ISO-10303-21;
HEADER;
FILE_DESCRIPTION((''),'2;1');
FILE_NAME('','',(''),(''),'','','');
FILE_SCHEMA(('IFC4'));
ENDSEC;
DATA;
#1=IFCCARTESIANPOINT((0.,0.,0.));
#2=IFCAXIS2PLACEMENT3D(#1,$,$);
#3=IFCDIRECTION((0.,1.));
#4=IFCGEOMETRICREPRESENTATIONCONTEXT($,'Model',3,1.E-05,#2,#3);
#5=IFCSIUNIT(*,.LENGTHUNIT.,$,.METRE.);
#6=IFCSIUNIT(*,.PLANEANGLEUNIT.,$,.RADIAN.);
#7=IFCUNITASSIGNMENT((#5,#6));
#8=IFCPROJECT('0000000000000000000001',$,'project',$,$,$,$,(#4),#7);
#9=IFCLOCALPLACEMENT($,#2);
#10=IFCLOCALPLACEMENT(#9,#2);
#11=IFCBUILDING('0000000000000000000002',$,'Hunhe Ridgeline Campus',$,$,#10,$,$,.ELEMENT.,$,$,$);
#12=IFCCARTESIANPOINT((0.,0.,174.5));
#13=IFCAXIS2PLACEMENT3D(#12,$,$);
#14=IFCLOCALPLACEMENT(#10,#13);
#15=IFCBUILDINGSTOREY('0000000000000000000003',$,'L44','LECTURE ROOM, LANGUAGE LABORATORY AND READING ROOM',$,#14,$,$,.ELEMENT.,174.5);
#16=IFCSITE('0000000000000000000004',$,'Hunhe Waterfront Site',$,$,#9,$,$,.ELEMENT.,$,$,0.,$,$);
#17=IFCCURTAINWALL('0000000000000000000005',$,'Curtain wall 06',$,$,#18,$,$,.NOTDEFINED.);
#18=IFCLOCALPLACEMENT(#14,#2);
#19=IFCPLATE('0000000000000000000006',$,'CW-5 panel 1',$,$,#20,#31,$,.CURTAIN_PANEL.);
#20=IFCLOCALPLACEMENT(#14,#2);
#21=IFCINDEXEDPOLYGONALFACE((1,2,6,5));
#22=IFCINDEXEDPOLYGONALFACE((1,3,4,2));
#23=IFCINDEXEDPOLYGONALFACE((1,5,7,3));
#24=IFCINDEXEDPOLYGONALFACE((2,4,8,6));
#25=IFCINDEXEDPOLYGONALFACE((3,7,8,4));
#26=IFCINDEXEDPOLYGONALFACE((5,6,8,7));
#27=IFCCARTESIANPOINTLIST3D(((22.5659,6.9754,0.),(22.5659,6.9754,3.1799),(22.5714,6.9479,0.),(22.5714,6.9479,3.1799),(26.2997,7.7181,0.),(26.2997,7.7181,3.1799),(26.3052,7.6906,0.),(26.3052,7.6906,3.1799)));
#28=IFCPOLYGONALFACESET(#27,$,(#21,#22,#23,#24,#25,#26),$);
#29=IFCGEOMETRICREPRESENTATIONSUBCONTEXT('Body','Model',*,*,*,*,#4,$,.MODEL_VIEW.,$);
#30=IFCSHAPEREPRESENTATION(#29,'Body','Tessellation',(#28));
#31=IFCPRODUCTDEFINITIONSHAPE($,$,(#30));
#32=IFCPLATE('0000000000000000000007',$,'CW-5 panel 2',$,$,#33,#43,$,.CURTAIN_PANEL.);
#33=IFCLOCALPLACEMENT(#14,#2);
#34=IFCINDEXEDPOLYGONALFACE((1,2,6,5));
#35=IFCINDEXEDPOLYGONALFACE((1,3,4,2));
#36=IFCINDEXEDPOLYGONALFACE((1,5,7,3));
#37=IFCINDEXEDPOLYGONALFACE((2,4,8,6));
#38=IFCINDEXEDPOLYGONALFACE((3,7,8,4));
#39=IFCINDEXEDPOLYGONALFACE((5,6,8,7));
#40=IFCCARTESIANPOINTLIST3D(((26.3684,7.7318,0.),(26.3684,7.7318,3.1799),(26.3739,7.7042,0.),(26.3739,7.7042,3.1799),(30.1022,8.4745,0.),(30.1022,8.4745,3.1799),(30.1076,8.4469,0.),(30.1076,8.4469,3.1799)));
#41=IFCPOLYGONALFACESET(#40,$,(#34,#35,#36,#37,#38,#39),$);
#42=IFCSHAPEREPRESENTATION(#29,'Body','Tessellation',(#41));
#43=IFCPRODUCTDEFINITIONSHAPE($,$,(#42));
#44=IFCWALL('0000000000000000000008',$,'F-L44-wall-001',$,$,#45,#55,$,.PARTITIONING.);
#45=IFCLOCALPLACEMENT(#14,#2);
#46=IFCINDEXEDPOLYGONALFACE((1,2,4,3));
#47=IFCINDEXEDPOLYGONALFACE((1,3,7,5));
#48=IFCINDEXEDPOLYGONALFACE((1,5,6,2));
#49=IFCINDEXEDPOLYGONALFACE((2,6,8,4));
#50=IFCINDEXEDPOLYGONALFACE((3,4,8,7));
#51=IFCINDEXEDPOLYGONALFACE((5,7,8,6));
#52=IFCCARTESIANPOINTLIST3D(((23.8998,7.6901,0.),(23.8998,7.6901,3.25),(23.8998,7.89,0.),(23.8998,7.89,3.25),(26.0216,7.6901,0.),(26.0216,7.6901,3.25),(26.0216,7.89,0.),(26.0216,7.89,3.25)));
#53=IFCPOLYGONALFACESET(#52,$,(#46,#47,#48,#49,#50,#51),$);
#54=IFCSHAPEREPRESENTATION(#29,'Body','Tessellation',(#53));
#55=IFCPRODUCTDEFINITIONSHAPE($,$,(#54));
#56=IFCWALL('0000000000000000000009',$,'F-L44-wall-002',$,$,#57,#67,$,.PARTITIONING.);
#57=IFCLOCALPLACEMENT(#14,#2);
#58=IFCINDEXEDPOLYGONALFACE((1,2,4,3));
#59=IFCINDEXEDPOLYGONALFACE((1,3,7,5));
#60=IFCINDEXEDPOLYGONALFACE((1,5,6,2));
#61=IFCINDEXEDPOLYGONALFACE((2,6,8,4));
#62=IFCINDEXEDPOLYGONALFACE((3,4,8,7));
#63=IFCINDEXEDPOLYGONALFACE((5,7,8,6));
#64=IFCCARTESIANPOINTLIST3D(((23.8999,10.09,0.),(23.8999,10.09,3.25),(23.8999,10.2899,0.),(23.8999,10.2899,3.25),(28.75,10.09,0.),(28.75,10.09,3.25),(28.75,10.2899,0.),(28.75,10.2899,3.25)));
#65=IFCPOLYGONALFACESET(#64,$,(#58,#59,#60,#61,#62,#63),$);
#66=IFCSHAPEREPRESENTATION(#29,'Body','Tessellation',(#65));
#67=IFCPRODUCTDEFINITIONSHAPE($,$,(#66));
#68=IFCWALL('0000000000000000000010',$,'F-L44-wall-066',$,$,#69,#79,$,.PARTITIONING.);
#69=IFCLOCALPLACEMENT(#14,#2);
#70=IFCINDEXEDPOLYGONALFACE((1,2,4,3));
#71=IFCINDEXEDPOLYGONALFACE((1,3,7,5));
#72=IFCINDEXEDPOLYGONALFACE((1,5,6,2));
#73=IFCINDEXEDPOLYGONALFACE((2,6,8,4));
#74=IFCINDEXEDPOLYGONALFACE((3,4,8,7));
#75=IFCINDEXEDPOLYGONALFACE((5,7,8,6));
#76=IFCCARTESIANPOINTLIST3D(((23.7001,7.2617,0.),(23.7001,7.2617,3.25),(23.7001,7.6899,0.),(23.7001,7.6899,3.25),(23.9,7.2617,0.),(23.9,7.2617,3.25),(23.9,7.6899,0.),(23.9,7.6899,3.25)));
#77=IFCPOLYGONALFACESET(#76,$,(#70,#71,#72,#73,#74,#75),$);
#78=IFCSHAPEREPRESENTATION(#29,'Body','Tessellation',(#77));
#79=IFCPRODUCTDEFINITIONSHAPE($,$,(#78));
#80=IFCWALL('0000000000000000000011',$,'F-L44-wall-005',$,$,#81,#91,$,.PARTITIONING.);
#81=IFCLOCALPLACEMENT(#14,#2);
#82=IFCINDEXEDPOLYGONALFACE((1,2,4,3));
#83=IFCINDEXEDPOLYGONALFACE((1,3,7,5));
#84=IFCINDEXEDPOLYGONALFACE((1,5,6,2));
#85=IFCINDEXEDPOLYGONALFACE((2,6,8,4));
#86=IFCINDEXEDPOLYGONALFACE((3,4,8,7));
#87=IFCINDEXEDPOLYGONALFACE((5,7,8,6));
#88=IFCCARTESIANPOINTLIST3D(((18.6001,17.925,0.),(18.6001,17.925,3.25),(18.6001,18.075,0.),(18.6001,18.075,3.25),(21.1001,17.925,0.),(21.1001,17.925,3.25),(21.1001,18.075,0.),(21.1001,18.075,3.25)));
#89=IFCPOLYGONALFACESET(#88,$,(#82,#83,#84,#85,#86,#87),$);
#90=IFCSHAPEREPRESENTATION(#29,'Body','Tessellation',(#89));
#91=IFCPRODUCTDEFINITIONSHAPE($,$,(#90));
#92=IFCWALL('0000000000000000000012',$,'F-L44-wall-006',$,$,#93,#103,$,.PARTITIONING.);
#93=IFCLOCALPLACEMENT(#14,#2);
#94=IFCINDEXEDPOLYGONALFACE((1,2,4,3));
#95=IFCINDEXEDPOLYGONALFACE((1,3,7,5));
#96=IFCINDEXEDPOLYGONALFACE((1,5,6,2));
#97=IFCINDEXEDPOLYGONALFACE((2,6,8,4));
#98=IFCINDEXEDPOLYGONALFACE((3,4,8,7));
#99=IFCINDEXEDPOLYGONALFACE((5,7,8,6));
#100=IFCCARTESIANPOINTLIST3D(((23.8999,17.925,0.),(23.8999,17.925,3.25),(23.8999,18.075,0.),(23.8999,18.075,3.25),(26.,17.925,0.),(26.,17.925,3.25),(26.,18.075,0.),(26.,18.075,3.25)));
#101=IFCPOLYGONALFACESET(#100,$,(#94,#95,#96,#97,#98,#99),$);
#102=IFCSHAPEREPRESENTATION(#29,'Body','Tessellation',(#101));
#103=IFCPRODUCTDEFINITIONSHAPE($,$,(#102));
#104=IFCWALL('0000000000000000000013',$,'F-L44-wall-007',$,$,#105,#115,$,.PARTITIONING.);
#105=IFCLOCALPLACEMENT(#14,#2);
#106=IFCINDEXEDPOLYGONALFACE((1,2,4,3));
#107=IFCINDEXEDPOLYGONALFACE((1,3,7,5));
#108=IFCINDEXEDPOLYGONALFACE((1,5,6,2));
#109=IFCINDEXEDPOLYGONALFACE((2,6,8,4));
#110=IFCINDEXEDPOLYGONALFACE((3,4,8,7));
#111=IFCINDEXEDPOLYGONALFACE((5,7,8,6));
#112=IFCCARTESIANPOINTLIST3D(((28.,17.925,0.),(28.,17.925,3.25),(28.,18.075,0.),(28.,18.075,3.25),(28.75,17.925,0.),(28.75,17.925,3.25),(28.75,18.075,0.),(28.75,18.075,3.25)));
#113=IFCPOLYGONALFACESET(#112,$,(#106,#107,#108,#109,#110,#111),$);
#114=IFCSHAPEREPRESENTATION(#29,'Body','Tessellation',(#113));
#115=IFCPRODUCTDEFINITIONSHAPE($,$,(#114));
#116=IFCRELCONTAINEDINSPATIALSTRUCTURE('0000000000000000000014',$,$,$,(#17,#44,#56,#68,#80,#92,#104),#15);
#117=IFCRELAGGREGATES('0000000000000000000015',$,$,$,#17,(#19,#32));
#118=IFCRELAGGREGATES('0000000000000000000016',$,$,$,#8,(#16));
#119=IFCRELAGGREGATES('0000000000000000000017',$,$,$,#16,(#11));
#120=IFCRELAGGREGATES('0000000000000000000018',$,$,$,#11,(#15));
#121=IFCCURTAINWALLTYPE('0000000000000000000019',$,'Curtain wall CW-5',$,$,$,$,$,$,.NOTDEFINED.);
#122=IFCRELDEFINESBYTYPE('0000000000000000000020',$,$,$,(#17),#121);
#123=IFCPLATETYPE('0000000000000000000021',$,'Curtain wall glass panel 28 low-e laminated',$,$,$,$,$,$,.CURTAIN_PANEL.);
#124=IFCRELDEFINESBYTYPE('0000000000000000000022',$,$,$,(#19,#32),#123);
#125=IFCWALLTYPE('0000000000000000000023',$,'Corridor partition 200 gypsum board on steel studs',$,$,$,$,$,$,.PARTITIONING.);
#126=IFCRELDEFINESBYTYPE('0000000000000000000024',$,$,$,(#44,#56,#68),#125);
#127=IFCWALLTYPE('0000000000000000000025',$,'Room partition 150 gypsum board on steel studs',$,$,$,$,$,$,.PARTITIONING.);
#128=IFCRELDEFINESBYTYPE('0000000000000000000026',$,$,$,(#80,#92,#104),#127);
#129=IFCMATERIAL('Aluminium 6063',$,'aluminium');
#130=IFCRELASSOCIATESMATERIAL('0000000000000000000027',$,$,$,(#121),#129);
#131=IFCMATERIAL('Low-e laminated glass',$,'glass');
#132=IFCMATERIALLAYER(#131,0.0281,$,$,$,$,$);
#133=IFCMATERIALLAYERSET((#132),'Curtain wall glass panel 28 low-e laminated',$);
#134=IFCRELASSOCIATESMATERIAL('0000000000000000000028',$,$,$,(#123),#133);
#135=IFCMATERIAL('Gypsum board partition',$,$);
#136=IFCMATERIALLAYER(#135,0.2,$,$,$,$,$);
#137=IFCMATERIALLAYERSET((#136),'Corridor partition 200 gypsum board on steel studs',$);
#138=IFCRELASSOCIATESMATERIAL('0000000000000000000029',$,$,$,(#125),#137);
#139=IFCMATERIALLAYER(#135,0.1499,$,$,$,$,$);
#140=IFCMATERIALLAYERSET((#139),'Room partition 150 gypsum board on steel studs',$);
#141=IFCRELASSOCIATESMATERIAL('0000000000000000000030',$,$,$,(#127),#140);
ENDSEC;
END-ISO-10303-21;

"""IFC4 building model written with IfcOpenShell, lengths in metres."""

from ifc_helpers import new_model, si_unit, direction, frame, frame_2d, origin, origin_2d, place, context, subcontext, project, spatial, rectangle, extrude, material, layer, layer_set, type_object, element, aggregate, save


model = new_model("IFC4")

# Units and contexts
model_context = context("Model", 3, precision=1e-05, world=origin(), true_north=direction((0.0, 1.0)))
body_context = subcontext(model_context, "Body", "Model", "MODEL_VIEW")
ifc_project = project(units=[si_unit("LENGTHUNIT", "METRE"), si_unit("PLANEANGLEUNIT", "RADIAN")], contexts=[model_context])

# Site, building, storey
site_placement = place(None, origin())
site = spatial("IfcSite", under=ifc_project, at=site_placement, Name="Hunhe Waterfront Site", CompositionType="ELEMENT", RefElevation=0.0)
building_placement = place(site_placement, origin())
building = spatial("IfcBuilding", under=site, at=building_placement, Name="Hunhe Ridgeline Campus", CompositionType="ELEMENT")
storey_placement = place(building_placement, frame((0.0, 0.0, 174.5)))
storey = spatial("IfcBuildingStorey", under=building, at=storey_placement, Name="L44", Description="LECTURE ROOM, LANGUAGE LABORATORY AND READING ROOM", CompositionType="ELEMENT", Elevation=174.5)

# Curtain wall
ifc_material_1 = material(Name="Aluminium 6063", Category="aluminium")
curtain_wall_type = type_object("IfcCurtainWallType", Name="Curtain wall CW-5", PredefinedType="NOTDEFINED", material=ifc_material_1)
curtain_wall_1_placement = place(storey_placement, origin())
curtain_wall_1 = element("IfcCurtainWall", 1, at=curtain_wall_1_placement, inside=storey, type_object=curtain_wall_type, Name="Curtain wall 06", PredefinedType="NOTDEFINED")

# Plates
ifc_material_2 = material(Name="Low-e laminated glass", Category="glass")
ifc_layer_1 = layer(ifc_material_2, 0.0281)
ifc_layer_set_1 = layer_set([ifc_layer_1], Name="Curtain wall glass panel 28 low-e laminated")
plate_type = type_object("IfcPlateType", Name="Curtain wall glass panel 28 low-e laminated", PredefinedType="CURTAIN_PANEL", material=ifc_layer_set_1)
plate_1_placement = place(storey_placement, frame((24.4355, 7.333, 0.0), z_axis=(0.0, 0.0, 1.0), x_axis=(0.980785, 0.19509, 0.0)))
plate_1 = element("IfcPlate", 2, at=plate_1_placement, type_object=plate_type, Name="CW-5 panel 1", PredefinedType="CURTAIN_PANEL", context=body_context, shape_type="SweptSolid", body=[
    extrude(rectangle(XDim=3.8069, YDim=0.0281, at=origin_2d()), origin(), (0.0, 0.0, 1.0), 3.1799),
])
plate_2_placement = place(storey_placement, frame((28.238, 8.0894, 0.0), z_axis=(0.0, 0.0, 1.0), x_axis=(0.980785, 0.19509, 0.0)))
plate_2 = element("IfcPlate", 3, at=plate_2_placement, type_object=plate_type, Name="CW-5 panel 2", PredefinedType="CURTAIN_PANEL", context=body_context, shape_type="SweptSolid", body=[
    extrude(rectangle(XDim=3.8069, YDim=0.0281, at=origin_2d()), origin(), (0.0, 0.0, 1.0), 3.1799),
])
aggregate(curtain_wall_1, [plate_1, plate_2])

# Walls
ifc_material_3 = material(Name="Gypsum board partition")
ifc_layer_2 = layer(ifc_material_3, 0.2)
ifc_layer_set_2 = layer_set([ifc_layer_2], Name="Corridor partition 200 gypsum board on steel studs")
wall_type_1 = type_object("IfcWallType", Name="Corridor partition 200 gypsum board on steel studs", PredefinedType="PARTITIONING", material=ifc_layer_set_2)
wall_1_placement = place(storey_placement, frame((26.0217, 7.79, 0.0), z_axis=(0.0, 0.0, 1.0), x_axis=(-1.0, 0.0, 0.0)))
element("IfcWall", 4, at=wall_1_placement, inside=storey, type_object=wall_type_1, Name="F-L44-wall-001", PredefinedType="PARTITIONING", context=body_context, shape_type="SweptSolid", body=[
    extrude(rectangle(XDim=2.1218, YDim=0.2, at=frame_2d((1.061, 0.0))), origin(), (0.0, 0.0, 1.0), 3.25),
])
wall_2_placement = place(storey_placement, frame((23.8999, 10.1899, 0.0), z_axis=(0.0, 0.0, 1.0), x_axis=(1.0, 0.0, 0.0)))
element("IfcWall", 5, at=wall_2_placement, inside=storey, type_object=wall_type_1, Name="F-L44-wall-002", PredefinedType="PARTITIONING", context=body_context, shape_type="SweptSolid", body=[
    extrude(rectangle(XDim=4.8501, YDim=0.2, at=frame_2d((2.425, 0.0))), origin(), (0.0, 0.0, 1.0), 3.25),
])

# Wall
wall_3_placement = place(storey_placement, frame((23.8, 7.6899, 0.0), z_axis=(0.0, 0.0, 1.0), x_axis=(0.0, -1.0, 0.0)))
element("IfcWall", 6, at=wall_3_placement, inside=storey, type_object=wall_type_1, Name="F-L44-wall-066", PredefinedType="PARTITIONING", context=body_context, shape_type="SweptSolid", body=[
    extrude(rectangle(XDim=0.4282, YDim=0.2, at=frame_2d((0.2141, 0.0))), origin(), (0.0, 0.0, 1.0), 3.25),
])

# Walls
ifc_layer_3 = layer(ifc_material_3, 0.1499)
ifc_layer_set_3 = layer_set([ifc_layer_3], Name="Room partition 150 gypsum board on steel studs")
wall_type_2 = type_object("IfcWallType", Name="Room partition 150 gypsum board on steel studs", PredefinedType="PARTITIONING", material=ifc_layer_set_3)
wall_4_placement = place(storey_placement, frame((18.6001, 18.0, 0.0), z_axis=(0.0, 0.0, 1.0), x_axis=(1.0, 0.0, 0.0)))
element("IfcWall", 7, at=wall_4_placement, inside=storey, type_object=wall_type_2, Name="F-L44-wall-005", PredefinedType="PARTITIONING", context=body_context, shape_type="SweptSolid", body=[
    extrude(rectangle(XDim=2.5, YDim=0.1499, at=frame_2d((1.25, 0.0))), origin(), (0.0, 0.0, 1.0), 3.25),
])
wall_5_placement = place(storey_placement, frame((23.8999, 18.0, 0.0), z_axis=(0.0, 0.0, 1.0), x_axis=(1.0, 0.0, 0.0)))
element("IfcWall", 8, at=wall_5_placement, inside=storey, type_object=wall_type_2, Name="F-L44-wall-006", PredefinedType="PARTITIONING", context=body_context, shape_type="SweptSolid", body=[
    extrude(rectangle(XDim=2.1001, YDim=0.1499, at=frame_2d((1.05, 0.0))), origin(), (0.0, 0.0, 1.0), 3.25),
])
wall_6_placement = place(storey_placement, frame((28.0, 18.0, 0.0), z_axis=(0.0, 0.0, 1.0), x_axis=(1.0, 0.0, 0.0)))
element("IfcWall", 9, at=wall_6_placement, inside=storey, type_object=wall_type_2, Name="F-L44-wall-007", PredefinedType="PARTITIONING", context=body_context, shape_type="SweptSolid", body=[
    extrude(rectangle(XDim=0.75, YDim=0.1499, at=frame_2d((0.375, 0.0))), origin(), (0.0, 0.0, 1.0), 3.25),
])

save(model, "model.ifc")
